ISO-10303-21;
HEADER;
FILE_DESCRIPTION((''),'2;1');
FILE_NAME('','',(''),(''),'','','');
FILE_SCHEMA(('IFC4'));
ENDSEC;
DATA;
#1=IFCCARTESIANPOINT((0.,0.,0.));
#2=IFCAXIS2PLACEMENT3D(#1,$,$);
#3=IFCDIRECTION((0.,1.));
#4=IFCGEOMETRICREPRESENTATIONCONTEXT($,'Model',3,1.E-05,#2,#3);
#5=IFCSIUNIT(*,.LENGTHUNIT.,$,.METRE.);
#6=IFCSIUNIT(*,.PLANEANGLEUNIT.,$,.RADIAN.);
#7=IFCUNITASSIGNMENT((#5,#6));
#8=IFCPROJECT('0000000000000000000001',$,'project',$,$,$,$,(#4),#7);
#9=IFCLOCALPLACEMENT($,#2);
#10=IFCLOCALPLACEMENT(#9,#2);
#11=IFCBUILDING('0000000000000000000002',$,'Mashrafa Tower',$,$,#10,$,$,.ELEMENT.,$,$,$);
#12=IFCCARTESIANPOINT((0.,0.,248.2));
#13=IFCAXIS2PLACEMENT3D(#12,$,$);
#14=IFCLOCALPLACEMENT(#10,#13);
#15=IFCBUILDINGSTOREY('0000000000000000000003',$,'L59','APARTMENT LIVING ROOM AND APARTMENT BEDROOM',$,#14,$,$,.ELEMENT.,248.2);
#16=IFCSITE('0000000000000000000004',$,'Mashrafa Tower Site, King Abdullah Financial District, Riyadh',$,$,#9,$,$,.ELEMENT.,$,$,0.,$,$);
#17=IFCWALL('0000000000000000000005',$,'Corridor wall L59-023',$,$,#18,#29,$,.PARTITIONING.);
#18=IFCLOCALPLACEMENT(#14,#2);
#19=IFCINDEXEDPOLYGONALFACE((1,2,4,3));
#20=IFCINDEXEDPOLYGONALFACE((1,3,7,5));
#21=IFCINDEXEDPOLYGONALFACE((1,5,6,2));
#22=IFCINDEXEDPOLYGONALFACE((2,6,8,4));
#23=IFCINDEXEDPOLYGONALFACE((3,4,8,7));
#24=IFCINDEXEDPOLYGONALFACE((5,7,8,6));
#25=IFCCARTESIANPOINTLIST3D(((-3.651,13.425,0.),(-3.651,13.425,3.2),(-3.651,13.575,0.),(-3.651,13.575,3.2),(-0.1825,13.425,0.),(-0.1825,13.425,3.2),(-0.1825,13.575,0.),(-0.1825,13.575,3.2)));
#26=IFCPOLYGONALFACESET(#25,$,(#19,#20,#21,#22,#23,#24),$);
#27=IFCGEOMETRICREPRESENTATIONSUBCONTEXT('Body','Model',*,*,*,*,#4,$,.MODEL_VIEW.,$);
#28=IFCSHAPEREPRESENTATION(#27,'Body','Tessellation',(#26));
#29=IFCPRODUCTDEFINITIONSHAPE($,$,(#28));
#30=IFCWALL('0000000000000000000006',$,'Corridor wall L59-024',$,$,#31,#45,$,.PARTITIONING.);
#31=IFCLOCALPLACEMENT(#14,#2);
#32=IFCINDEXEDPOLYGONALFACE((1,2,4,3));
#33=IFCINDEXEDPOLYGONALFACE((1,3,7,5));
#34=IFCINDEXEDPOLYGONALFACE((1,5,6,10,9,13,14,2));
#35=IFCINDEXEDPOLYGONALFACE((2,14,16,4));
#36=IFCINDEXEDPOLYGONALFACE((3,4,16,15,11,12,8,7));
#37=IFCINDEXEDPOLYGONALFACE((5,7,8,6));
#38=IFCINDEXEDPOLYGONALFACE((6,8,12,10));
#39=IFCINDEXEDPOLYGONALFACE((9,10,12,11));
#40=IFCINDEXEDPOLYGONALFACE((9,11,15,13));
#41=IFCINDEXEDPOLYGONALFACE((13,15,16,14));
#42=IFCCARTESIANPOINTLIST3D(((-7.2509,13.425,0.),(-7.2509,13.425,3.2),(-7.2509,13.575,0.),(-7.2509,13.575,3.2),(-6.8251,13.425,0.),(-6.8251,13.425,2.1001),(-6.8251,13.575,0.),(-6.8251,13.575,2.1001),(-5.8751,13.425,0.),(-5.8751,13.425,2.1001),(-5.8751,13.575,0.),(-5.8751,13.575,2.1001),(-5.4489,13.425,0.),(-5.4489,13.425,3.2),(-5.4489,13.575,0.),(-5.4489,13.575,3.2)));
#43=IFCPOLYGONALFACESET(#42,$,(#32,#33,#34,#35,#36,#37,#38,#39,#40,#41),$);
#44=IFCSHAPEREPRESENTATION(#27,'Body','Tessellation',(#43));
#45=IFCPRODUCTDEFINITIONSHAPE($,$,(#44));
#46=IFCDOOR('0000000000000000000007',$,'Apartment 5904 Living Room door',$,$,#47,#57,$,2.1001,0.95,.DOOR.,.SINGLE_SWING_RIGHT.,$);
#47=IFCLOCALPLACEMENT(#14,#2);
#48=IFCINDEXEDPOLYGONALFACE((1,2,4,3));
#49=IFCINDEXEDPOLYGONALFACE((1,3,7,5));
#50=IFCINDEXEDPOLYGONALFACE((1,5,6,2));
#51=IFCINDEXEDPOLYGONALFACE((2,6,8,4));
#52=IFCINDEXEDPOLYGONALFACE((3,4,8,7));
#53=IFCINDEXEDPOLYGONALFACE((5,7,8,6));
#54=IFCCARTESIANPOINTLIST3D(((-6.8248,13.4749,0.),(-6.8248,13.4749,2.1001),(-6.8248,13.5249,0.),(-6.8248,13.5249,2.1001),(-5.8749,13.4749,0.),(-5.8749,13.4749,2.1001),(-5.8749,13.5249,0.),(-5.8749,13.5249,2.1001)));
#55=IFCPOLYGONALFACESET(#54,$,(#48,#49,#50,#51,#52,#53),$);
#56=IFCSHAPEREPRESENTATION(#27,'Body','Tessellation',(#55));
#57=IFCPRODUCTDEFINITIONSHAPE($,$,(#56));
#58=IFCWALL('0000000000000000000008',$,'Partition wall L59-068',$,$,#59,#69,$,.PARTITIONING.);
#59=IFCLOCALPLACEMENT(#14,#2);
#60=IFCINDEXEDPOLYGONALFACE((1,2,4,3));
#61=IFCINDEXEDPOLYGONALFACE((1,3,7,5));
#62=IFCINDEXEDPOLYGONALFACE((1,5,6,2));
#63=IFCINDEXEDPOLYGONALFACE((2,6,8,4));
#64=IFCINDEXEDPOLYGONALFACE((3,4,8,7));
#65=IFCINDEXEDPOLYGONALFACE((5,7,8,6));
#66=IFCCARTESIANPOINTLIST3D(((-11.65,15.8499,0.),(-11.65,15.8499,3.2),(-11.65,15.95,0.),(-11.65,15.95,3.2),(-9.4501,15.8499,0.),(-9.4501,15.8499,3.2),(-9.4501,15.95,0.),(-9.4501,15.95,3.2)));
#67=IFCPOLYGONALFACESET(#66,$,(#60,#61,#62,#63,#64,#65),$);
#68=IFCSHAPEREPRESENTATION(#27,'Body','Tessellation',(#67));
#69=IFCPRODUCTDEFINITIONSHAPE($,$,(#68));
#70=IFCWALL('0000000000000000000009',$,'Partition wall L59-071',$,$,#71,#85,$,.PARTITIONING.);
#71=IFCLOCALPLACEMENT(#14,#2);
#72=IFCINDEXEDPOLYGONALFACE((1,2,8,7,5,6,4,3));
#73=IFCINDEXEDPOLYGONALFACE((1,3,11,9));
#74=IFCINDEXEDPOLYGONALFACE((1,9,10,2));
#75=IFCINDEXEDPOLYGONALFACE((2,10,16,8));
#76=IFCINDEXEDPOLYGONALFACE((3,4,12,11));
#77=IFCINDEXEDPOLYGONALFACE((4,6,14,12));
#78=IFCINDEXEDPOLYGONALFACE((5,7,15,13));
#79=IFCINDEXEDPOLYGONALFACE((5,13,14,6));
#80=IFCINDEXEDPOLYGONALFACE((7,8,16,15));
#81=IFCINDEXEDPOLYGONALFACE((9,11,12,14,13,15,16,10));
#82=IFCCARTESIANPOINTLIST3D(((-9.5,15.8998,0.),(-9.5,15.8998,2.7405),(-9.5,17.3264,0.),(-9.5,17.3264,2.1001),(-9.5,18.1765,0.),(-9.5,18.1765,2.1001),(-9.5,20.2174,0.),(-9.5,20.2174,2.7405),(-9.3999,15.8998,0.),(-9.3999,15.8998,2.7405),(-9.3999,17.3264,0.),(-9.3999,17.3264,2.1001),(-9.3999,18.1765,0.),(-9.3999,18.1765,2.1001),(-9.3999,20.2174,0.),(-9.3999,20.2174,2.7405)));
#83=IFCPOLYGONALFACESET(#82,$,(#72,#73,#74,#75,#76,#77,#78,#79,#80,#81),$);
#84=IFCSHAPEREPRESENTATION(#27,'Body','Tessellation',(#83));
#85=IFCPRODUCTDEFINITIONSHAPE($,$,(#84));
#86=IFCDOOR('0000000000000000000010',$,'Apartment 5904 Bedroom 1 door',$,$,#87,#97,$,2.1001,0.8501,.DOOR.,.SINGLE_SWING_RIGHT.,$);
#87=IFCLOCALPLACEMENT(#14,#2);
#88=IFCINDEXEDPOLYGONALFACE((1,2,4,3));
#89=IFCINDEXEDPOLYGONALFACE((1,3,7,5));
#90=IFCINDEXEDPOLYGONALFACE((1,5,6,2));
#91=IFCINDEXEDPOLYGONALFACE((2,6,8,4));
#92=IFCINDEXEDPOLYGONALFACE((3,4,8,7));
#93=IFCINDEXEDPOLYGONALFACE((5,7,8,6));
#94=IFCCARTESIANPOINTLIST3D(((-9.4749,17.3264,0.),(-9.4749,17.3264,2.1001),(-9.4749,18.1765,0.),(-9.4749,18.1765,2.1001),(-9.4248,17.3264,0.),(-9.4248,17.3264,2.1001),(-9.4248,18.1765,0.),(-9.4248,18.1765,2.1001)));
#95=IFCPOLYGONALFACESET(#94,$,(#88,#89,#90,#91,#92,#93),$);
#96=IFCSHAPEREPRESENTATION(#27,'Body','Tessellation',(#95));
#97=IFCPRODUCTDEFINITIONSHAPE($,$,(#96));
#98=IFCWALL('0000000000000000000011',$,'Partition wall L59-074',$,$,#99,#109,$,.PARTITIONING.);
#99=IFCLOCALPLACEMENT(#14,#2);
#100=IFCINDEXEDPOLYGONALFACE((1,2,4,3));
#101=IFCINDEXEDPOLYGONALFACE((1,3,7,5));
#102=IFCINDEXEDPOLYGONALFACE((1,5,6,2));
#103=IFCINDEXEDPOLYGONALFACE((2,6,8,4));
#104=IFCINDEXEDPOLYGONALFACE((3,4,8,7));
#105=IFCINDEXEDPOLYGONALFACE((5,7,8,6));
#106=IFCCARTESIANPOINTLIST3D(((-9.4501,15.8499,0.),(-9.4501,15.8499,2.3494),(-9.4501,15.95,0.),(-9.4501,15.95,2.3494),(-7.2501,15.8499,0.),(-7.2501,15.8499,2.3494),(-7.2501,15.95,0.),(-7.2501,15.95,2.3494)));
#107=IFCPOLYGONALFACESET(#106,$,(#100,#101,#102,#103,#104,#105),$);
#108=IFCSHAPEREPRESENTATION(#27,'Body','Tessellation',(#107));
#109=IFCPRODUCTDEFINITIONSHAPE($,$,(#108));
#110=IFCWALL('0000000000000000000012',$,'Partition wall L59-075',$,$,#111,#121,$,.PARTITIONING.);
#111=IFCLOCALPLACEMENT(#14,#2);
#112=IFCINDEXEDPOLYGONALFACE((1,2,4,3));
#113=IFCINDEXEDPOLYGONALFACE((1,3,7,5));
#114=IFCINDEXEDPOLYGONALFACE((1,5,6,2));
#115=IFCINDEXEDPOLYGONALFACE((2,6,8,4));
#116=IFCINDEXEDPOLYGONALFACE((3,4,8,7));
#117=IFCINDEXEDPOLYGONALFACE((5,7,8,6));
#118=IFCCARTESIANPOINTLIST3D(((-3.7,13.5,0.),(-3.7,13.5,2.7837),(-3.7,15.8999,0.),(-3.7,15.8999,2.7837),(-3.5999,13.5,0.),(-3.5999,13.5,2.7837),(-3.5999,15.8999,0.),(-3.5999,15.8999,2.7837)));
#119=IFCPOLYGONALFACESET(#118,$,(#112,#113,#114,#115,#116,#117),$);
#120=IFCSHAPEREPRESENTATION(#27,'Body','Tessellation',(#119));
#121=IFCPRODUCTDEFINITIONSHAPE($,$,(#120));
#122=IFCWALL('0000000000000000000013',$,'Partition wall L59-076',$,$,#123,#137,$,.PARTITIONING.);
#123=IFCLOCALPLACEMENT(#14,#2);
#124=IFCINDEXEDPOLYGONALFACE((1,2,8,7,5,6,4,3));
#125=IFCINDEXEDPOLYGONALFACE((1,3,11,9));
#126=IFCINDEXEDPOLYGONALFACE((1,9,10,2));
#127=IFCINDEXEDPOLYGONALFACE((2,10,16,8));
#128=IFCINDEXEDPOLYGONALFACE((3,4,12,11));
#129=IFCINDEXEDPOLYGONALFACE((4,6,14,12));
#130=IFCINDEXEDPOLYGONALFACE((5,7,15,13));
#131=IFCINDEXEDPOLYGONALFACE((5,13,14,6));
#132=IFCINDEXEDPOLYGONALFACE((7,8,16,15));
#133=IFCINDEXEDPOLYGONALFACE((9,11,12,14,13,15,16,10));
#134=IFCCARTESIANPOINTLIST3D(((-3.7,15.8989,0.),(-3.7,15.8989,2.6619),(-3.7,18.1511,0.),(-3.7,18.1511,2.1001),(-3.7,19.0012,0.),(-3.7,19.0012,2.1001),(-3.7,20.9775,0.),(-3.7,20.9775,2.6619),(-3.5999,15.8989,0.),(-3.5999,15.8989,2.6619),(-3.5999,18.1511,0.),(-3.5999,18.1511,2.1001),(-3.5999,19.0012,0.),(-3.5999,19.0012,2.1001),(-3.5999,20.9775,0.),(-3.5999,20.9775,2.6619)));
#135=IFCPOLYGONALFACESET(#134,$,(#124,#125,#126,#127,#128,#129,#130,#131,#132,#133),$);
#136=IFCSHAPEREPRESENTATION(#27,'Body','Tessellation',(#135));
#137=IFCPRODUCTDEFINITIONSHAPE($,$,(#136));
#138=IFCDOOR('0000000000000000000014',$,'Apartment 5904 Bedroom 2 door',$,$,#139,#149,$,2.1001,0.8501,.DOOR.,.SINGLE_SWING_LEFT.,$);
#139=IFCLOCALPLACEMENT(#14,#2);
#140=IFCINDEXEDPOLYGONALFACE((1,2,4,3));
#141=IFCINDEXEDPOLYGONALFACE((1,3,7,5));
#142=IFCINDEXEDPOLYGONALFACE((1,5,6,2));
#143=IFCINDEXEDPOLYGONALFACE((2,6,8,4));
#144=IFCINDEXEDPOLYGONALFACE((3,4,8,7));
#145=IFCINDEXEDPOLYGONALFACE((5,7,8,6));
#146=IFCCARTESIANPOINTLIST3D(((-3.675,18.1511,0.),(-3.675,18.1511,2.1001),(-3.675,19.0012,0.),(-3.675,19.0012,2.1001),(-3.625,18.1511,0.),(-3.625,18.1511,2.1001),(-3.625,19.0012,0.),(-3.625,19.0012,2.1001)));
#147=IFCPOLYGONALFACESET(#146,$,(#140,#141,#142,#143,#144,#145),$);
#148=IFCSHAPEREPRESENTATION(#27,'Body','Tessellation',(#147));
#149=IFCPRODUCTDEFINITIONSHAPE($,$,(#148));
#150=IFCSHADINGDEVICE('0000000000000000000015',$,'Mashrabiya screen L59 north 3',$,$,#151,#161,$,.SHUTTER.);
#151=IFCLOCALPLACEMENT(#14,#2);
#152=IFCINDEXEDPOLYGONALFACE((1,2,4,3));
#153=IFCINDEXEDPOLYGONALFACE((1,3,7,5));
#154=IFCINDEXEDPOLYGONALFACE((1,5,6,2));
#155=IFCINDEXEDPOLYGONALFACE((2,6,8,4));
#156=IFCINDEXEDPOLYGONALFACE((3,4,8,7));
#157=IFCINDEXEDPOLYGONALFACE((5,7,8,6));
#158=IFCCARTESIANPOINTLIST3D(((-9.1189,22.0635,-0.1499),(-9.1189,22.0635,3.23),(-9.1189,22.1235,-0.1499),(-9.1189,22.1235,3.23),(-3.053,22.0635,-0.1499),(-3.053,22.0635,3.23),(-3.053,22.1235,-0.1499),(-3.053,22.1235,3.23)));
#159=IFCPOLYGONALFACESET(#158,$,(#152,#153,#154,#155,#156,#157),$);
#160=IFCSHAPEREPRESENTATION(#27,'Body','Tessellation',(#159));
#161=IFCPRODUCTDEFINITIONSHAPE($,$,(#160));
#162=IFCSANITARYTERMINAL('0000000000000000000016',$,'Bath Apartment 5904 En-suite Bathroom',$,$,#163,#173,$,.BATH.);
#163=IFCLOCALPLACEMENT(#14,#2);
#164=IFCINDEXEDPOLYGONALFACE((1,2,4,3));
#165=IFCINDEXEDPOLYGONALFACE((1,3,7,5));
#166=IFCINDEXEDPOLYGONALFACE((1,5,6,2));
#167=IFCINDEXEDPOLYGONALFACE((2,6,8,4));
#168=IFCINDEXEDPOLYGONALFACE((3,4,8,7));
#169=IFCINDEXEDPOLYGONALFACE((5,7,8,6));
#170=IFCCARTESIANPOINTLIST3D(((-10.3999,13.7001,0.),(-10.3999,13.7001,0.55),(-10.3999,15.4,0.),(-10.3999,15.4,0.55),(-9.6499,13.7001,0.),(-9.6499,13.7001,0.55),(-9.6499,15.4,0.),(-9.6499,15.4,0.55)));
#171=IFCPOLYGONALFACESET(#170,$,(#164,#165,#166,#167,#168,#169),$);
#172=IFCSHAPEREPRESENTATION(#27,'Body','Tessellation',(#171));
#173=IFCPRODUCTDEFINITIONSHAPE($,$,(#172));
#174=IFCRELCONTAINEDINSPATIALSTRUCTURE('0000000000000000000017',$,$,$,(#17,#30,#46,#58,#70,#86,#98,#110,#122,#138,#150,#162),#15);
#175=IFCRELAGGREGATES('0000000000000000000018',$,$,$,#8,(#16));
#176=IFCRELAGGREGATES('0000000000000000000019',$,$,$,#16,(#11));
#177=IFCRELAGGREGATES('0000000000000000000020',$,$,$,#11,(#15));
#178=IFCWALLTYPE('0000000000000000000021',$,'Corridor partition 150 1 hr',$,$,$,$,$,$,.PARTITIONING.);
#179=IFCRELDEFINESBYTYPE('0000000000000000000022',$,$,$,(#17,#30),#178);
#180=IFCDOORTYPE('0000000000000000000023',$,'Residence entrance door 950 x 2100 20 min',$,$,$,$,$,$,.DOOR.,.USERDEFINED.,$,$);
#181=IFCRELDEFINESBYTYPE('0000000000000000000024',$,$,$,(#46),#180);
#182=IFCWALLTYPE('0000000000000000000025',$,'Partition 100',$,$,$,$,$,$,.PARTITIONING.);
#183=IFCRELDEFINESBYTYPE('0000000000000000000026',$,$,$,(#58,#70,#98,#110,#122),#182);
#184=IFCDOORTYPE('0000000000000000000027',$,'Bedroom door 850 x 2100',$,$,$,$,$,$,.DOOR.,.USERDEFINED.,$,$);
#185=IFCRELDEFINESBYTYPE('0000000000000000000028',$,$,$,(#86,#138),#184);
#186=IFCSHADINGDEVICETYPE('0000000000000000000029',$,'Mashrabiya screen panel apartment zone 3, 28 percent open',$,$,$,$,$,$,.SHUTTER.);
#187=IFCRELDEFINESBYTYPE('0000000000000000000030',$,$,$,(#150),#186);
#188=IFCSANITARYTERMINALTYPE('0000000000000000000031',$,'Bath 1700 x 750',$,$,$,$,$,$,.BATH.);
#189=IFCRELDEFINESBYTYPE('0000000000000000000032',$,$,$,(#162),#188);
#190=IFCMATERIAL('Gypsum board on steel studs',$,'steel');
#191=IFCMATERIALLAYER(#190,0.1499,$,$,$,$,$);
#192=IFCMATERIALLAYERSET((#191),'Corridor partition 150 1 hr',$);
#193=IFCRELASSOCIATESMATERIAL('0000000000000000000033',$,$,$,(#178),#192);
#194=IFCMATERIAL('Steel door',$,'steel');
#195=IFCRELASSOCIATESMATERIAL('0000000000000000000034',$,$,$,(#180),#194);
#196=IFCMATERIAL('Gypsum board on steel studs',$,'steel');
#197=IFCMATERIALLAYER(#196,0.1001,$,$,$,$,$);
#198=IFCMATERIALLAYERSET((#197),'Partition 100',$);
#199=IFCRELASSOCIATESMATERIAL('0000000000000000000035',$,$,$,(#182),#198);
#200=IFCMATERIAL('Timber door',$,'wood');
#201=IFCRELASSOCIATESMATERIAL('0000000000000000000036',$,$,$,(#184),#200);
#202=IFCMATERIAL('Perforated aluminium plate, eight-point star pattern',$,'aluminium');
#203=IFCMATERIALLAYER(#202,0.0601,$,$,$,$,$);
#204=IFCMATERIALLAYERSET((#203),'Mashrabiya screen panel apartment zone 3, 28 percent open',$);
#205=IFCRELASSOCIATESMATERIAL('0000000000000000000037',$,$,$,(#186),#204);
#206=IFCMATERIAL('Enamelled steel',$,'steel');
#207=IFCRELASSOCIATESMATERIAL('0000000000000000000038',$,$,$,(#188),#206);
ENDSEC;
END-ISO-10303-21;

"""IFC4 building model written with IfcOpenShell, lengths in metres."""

from ifc_helpers import new_model, si_unit, direction, frame, frame_2d, origin, origin_2d, place, context, subcontext, project, spatial, rectangle, extrude, source, transform, mapped, material, layer, layer_set, type_object, type_shapes, element, fill, save


model = new_model("IFC4")

# Units and contexts
model_context = context("Model", 3, precision=1e-05, world=origin(), true_north=direction((0.0, 1.0)))
body_context = subcontext(model_context, "Body", "Model", "MODEL_VIEW")
ifc_project = project(units=[si_unit("LENGTHUNIT", "METRE"), si_unit("PLANEANGLEUNIT", "RADIAN")], contexts=[model_context])

# Site, building, storey
site_placement = place(None, origin())
site = spatial("IfcSite", under=ifc_project, at=site_placement, Name="Mashrafa Tower Site, King Abdullah Financial District, Riyadh", CompositionType="ELEMENT", RefElevation=0.0)
building_placement = place(site_placement, origin())
building = spatial("IfcBuilding", under=site, at=building_placement, Name="Mashrafa Tower", CompositionType="ELEMENT")
storey_placement = place(building_placement, frame((0.0, 0.0, 248.2)))
storey = spatial("IfcBuildingStorey", under=building, at=storey_placement, Name="L59", Description="APARTMENT LIVING ROOM AND APARTMENT BEDROOM", CompositionType="ELEMENT", Elevation=248.2)

# Wall
ifc_material_1 = material(Name="Gypsum board on steel studs", Category="steel")
ifc_layer_1 = layer(ifc_material_1, 0.1499)
ifc_layer_set_1 = layer_set([ifc_layer_1], Name="Corridor partition 150 1 hr")
wall_type_1 = type_object("IfcWallType", Name="Corridor partition 150 1 hr", PredefinedType="PARTITIONING", material=ifc_layer_set_1)
wall_1_placement = place(storey_placement, frame((-0.1824, 13.5, 0.0), z_axis=(0.0, 0.0, 1.0), x_axis=(-1.0, 0.0, 0.0)))
element("IfcWall", 1, at=wall_1_placement, inside=storey, type_object=wall_type_1, Name="Corridor wall L59-023", PredefinedType="PARTITIONING", context=body_context, shape_type="SweptSolid", body=[
    extrude(rectangle(XDim=3.4685, YDim=0.1499, at=frame_2d((1.7344, 0.0))), origin(), (0.0, 0.0, 1.0), 3.2),
])

# Wall, opening, door
wall_2_placement = place(storey_placement, frame((-5.449, 13.5, 0.0), z_axis=(0.0, 0.0, 1.0), x_axis=(-1.0, 0.0, 0.0)))
wall_2 = element("IfcWall", 2, at=wall_2_placement, inside=storey, type_object=wall_type_1, Name="Corridor wall L59-024", PredefinedType="PARTITIONING", context=body_context, shape_type="SweptSolid", body=[
    extrude(rectangle(XDim=1.802, YDim=0.1499, at=frame_2d((0.9009, 0.0))), origin(), (0.0, 0.0, 1.0), 3.2),
])
opening_1_placement = place(wall_2_placement, frame((0.426, 0.0, 0.0)))
opening_1 = element("IfcOpeningElement", 3, at=opening_1_placement, cuts=wall_2, PredefinedType="OPENING", context=body_context, shape_type="SweptSolid", body=[
    extrude(rectangle(XDim=0.95, YDim=2.1001, at=frame_2d((0.4751, 1.05))), frame((0.0, 0.085, 0.0), z_axis=(0.0, -1.0, 0.0), x_axis=(1.0, 0.0, 0.0)), (0.0, 0.0, 1.0), 0.1699),
])
ifc_material_2 = material(Name="Steel door", Category="steel")
door_type_1 = type_object("IfcDoorType", Name="Residence entrance door 950 x 2100 20 min", OperationType="USERDEFINED", PredefinedType="DOOR", material=ifc_material_2)
door_1_placement = place(opening_1_placement, frame((0.95, 0.0, 0.0), z_axis=(0.0, 0.0, 1.0), x_axis=(-1.0, 0.0, 0.0)))
door_1 = element("IfcDoor", 4, at=door_1_placement, inside=storey, type_object=door_type_1, Name="Apartment 5904 Living Room door", OperationType="SINGLE_SWING_RIGHT", OverallHeight=2.1001, OverallWidth=0.95, PredefinedType="DOOR", context=body_context, shape_type="SweptSolid", body=[
    extrude(rectangle(XDim=0.95, YDim=2.1001, at=frame_2d((0.4751, 1.05))), frame((0.0, 0.0249, 0.0), z_axis=(0.0, -1.0, 0.0), x_axis=(1.0, 0.0, 0.0)), (0.0, 0.0, 1.0), 0.05),
])
fill(opening_1, door_1)

# Wall
ifc_material_3 = material(Name="Gypsum board on steel studs", Category="steel")
ifc_layer_2 = layer(ifc_material_3, 0.1001)
ifc_layer_set_2 = layer_set([ifc_layer_2], Name="Partition 100")
wall_type_2 = type_object("IfcWallType", Name="Partition 100", PredefinedType="PARTITIONING", material=ifc_layer_set_2)
wall_3_placement = place(storey_placement, frame((-9.45, 15.8999, 0.0), z_axis=(0.0, 0.0, 1.0), x_axis=(-1.0, 0.0, 0.0)))
element("IfcWall", 5, at=wall_3_placement, inside=storey, type_object=wall_type_2, Name="Partition wall L59-068", PredefinedType="PARTITIONING", context=body_context, shape_type="SweptSolid", body=[
    extrude(rectangle(XDim=2.2, YDim=0.1001, at=frame_2d((1.1001, 0.0))), origin(), (0.0, 0.0, 1.0), 3.2),
])

# Wall, opening, door
wall_4_placement = place(storey_placement, frame((-9.45, 15.8999, 0.0), z_axis=(0.0, 0.0, 1.0), x_axis=(0.0, 1.0, 0.0)))
wall_4 = element("IfcWall", 6, at=wall_4_placement, inside=storey, type_object=wall_type_2, Name="Partition wall L59-071", PredefinedType="PARTITIONING", context=body_context, shape_type="SweptSolid", body=[
    extrude(rectangle(XDim=4.3176, YDim=0.1001, at=frame_2d((2.1587, 0.0))), origin(), (0.0, 0.0, 1.0), 2.7405),
])
opening_2_placement = place(wall_4_placement, frame((1.4265, 0.0, 0.0)))
opening_2 = element("IfcOpeningElement", 7, at=opening_2_placement, cuts=wall_4, PredefinedType="OPENING", context=body_context, shape_type="SweptSolid", body=[
    extrude(rectangle(XDim=0.8501, YDim=2.1001, at=frame_2d((0.425, 1.05))), frame((0.0, 0.0601, 0.0), z_axis=(0.0, -1.0, 0.0), x_axis=(1.0, 0.0, 0.0)), (0.0, 0.0, 1.0), 0.1201),
])
ifc_material_4 = material(Name="Timber door", Category="wood")
door_type_2 = type_object("IfcDoorType", Name="Bedroom door 850 x 2100", OperationType="USERDEFINED", PredefinedType="DOOR", material=ifc_material_4)
door_2_placement = place(opening_2_placement, origin())
door_2 = element("IfcDoor", 8, at=door_2_placement, inside=storey, type_object=door_type_2, Name="Apartment 5904 Bedroom 1 door", OperationType="SINGLE_SWING_RIGHT", OverallHeight=2.1001, OverallWidth=0.8501, PredefinedType="DOOR", context=body_context, shape_type="SweptSolid", body=[
    extrude(rectangle(XDim=0.8501, YDim=2.1001, at=frame_2d((0.425, 1.05))), frame((0.0, 0.0249, 0.0), z_axis=(0.0, -1.0, 0.0), x_axis=(1.0, 0.0, 0.0)), (0.0, 0.0, 1.0), 0.05),
])
fill(opening_2, door_2)

# Walls
wall_5_placement = place(storey_placement, frame((-7.25, 15.8999, 0.0), z_axis=(0.0, 0.0, 1.0), x_axis=(-1.0, 0.0, 0.0)))
element("IfcWall", 9, at=wall_5_placement, inside=storey, type_object=wall_type_2, Name="Partition wall L59-074", PredefinedType="PARTITIONING", context=body_context, shape_type="SweptSolid", body=[
    extrude(rectangle(XDim=2.2, YDim=0.1001, at=frame_2d((1.1001, 0.0))), origin(), (0.0, 0.0, 1.0), 2.3494),
])
wall_6_placement = place(storey_placement, frame((-3.6499, 13.5, 0.0), z_axis=(0.0, 0.0, 1.0), x_axis=(0.0, 1.0, 0.0)))
element("IfcWall", 10, at=wall_6_placement, inside=storey, type_object=wall_type_2, Name="Partition wall L59-075", PredefinedType="PARTITIONING", context=body_context, shape_type="SweptSolid", body=[
    extrude(rectangle(XDim=2.3999, YDim=0.1001, at=frame_2d((1.2, 0.0))), origin(), (0.0, 0.0, 1.0), 2.7837),
])

# Wall, opening, door
wall_7_placement = place(storey_placement, frame((-3.6499, 20.9775, 0.0), z_axis=(0.0, 0.0, 1.0), x_axis=(0.0, -1.0, 0.0)))
wall_7 = element("IfcWall", 11, at=wall_7_placement, inside=storey, type_object=wall_type_2, Name="Partition wall L59-076", PredefinedType="PARTITIONING", context=body_context, shape_type="SweptSolid", body=[
    extrude(rectangle(XDim=5.0786, YDim=0.1001, at=frame_2d((2.5393, 0.0))), origin(), (0.0, 0.0, 1.0), 2.6619),
])
opening_3_placement = place(wall_7_placement, frame((1.9763, 0.0, 0.0)))
opening_3 = element("IfcOpeningElement", 12, at=opening_3_placement, cuts=wall_7, PredefinedType="OPENING", context=body_context, shape_type="SweptSolid", body=[
    extrude(rectangle(XDim=0.8501, YDim=2.1001, at=frame_2d((0.425, 1.05))), frame((0.0, 0.0601, 0.0), z_axis=(0.0, -1.0, 0.0), x_axis=(1.0, 0.0, 0.0)), (0.0, 0.0, 1.0), 0.1201),
])
door_3_placement = place(opening_3_placement, origin())
door_3 = element("IfcDoor", 13, at=door_3_placement, inside=storey, type_object=door_type_2, Name="Apartment 5904 Bedroom 2 door", OperationType="SINGLE_SWING_LEFT", OverallHeight=2.1001, OverallWidth=0.8501, PredefinedType="DOOR", context=body_context, shape_type="SweptSolid", body=[
    extrude(rectangle(XDim=0.8501, YDim=2.1001, at=frame_2d((0.425, 1.05))), frame((0.0, 0.0249, 0.0), z_axis=(0.0, -1.0, 0.0), x_axis=(1.0, 0.0, 0.0)), (0.0, 0.0, 1.0), 0.05),
])
fill(opening_3, door_3)

# Shading device
ifc_material_5 = material(Name="Perforated aluminium plate, eight-point star pattern", Category="aluminium")
ifc_layer_3 = layer(ifc_material_5, 0.0601)
ifc_layer_set_3 = layer_set([ifc_layer_3], Name="Mashrabiya screen panel apartment zone 3, 28 percent open")
shading_device_type = type_object("IfcShadingDeviceType", Name="Mashrabiya screen panel apartment zone 3, 28 percent open", PredefinedType="SHUTTER", material=ifc_layer_set_3)
shared_shape_1 = source(origin(), body_context, "Body", "SweptSolid", [
    extrude(rectangle(XDim=6.0659, YDim=0.0601, at=origin_2d()), origin(), (0.0, 0.0, 1.0), 3.3799),
])
type_shapes(shading_device_type, [shared_shape_1])
shading_device_placement = place(storey_placement, frame((-6.0859, 22.0935, -0.1499), z_axis=(0.0, 0.0, 1.0), x_axis=(-1.0, 0.0, 0.0)))
element("IfcShadingDevice", 14, at=shading_device_placement, inside=storey, type_object=shading_device_type, Name="Mashrabiya screen L59 north 3", PredefinedType="SHUTTER", context=body_context, shape_type="MappedRepresentation", body=[
    mapped(shared_shape_1, transform((0.0, 0.0, 0.0))),
])

# Sanitary terminal
ifc_material_6 = material(Name="Enamelled steel", Category="steel")
sanitary_terminal_type_1 = type_object("IfcSanitaryTerminalType", Name="Bath 1700 x 750", PredefinedType="BATH", material=ifc_material_6)
for number, where, z_axis, x_axis, name in (
    (15, (-10.0249, 14.55, 0.0), (0.0, 0.0, 1.0), (0.0, 1.0, 0.0), "Bath Apartment 5904 En-suite Bathroom"),
):
    element("IfcSanitaryTerminal", number, at=place(storey_placement, frame(where, z_axis=z_axis, x_axis=x_axis)), inside=storey, type_object=sanitary_terminal_type_1, Name=name, PredefinedType="BATH", context=body_context, shape_type="SweptSolid", body=[
        extrude(rectangle(XDim=1.7, YDim=0.75, at=origin_2d()), origin(), (0.0, 0.0, 1.0), 0.55),
    ])

save(model, "model.ifc")
